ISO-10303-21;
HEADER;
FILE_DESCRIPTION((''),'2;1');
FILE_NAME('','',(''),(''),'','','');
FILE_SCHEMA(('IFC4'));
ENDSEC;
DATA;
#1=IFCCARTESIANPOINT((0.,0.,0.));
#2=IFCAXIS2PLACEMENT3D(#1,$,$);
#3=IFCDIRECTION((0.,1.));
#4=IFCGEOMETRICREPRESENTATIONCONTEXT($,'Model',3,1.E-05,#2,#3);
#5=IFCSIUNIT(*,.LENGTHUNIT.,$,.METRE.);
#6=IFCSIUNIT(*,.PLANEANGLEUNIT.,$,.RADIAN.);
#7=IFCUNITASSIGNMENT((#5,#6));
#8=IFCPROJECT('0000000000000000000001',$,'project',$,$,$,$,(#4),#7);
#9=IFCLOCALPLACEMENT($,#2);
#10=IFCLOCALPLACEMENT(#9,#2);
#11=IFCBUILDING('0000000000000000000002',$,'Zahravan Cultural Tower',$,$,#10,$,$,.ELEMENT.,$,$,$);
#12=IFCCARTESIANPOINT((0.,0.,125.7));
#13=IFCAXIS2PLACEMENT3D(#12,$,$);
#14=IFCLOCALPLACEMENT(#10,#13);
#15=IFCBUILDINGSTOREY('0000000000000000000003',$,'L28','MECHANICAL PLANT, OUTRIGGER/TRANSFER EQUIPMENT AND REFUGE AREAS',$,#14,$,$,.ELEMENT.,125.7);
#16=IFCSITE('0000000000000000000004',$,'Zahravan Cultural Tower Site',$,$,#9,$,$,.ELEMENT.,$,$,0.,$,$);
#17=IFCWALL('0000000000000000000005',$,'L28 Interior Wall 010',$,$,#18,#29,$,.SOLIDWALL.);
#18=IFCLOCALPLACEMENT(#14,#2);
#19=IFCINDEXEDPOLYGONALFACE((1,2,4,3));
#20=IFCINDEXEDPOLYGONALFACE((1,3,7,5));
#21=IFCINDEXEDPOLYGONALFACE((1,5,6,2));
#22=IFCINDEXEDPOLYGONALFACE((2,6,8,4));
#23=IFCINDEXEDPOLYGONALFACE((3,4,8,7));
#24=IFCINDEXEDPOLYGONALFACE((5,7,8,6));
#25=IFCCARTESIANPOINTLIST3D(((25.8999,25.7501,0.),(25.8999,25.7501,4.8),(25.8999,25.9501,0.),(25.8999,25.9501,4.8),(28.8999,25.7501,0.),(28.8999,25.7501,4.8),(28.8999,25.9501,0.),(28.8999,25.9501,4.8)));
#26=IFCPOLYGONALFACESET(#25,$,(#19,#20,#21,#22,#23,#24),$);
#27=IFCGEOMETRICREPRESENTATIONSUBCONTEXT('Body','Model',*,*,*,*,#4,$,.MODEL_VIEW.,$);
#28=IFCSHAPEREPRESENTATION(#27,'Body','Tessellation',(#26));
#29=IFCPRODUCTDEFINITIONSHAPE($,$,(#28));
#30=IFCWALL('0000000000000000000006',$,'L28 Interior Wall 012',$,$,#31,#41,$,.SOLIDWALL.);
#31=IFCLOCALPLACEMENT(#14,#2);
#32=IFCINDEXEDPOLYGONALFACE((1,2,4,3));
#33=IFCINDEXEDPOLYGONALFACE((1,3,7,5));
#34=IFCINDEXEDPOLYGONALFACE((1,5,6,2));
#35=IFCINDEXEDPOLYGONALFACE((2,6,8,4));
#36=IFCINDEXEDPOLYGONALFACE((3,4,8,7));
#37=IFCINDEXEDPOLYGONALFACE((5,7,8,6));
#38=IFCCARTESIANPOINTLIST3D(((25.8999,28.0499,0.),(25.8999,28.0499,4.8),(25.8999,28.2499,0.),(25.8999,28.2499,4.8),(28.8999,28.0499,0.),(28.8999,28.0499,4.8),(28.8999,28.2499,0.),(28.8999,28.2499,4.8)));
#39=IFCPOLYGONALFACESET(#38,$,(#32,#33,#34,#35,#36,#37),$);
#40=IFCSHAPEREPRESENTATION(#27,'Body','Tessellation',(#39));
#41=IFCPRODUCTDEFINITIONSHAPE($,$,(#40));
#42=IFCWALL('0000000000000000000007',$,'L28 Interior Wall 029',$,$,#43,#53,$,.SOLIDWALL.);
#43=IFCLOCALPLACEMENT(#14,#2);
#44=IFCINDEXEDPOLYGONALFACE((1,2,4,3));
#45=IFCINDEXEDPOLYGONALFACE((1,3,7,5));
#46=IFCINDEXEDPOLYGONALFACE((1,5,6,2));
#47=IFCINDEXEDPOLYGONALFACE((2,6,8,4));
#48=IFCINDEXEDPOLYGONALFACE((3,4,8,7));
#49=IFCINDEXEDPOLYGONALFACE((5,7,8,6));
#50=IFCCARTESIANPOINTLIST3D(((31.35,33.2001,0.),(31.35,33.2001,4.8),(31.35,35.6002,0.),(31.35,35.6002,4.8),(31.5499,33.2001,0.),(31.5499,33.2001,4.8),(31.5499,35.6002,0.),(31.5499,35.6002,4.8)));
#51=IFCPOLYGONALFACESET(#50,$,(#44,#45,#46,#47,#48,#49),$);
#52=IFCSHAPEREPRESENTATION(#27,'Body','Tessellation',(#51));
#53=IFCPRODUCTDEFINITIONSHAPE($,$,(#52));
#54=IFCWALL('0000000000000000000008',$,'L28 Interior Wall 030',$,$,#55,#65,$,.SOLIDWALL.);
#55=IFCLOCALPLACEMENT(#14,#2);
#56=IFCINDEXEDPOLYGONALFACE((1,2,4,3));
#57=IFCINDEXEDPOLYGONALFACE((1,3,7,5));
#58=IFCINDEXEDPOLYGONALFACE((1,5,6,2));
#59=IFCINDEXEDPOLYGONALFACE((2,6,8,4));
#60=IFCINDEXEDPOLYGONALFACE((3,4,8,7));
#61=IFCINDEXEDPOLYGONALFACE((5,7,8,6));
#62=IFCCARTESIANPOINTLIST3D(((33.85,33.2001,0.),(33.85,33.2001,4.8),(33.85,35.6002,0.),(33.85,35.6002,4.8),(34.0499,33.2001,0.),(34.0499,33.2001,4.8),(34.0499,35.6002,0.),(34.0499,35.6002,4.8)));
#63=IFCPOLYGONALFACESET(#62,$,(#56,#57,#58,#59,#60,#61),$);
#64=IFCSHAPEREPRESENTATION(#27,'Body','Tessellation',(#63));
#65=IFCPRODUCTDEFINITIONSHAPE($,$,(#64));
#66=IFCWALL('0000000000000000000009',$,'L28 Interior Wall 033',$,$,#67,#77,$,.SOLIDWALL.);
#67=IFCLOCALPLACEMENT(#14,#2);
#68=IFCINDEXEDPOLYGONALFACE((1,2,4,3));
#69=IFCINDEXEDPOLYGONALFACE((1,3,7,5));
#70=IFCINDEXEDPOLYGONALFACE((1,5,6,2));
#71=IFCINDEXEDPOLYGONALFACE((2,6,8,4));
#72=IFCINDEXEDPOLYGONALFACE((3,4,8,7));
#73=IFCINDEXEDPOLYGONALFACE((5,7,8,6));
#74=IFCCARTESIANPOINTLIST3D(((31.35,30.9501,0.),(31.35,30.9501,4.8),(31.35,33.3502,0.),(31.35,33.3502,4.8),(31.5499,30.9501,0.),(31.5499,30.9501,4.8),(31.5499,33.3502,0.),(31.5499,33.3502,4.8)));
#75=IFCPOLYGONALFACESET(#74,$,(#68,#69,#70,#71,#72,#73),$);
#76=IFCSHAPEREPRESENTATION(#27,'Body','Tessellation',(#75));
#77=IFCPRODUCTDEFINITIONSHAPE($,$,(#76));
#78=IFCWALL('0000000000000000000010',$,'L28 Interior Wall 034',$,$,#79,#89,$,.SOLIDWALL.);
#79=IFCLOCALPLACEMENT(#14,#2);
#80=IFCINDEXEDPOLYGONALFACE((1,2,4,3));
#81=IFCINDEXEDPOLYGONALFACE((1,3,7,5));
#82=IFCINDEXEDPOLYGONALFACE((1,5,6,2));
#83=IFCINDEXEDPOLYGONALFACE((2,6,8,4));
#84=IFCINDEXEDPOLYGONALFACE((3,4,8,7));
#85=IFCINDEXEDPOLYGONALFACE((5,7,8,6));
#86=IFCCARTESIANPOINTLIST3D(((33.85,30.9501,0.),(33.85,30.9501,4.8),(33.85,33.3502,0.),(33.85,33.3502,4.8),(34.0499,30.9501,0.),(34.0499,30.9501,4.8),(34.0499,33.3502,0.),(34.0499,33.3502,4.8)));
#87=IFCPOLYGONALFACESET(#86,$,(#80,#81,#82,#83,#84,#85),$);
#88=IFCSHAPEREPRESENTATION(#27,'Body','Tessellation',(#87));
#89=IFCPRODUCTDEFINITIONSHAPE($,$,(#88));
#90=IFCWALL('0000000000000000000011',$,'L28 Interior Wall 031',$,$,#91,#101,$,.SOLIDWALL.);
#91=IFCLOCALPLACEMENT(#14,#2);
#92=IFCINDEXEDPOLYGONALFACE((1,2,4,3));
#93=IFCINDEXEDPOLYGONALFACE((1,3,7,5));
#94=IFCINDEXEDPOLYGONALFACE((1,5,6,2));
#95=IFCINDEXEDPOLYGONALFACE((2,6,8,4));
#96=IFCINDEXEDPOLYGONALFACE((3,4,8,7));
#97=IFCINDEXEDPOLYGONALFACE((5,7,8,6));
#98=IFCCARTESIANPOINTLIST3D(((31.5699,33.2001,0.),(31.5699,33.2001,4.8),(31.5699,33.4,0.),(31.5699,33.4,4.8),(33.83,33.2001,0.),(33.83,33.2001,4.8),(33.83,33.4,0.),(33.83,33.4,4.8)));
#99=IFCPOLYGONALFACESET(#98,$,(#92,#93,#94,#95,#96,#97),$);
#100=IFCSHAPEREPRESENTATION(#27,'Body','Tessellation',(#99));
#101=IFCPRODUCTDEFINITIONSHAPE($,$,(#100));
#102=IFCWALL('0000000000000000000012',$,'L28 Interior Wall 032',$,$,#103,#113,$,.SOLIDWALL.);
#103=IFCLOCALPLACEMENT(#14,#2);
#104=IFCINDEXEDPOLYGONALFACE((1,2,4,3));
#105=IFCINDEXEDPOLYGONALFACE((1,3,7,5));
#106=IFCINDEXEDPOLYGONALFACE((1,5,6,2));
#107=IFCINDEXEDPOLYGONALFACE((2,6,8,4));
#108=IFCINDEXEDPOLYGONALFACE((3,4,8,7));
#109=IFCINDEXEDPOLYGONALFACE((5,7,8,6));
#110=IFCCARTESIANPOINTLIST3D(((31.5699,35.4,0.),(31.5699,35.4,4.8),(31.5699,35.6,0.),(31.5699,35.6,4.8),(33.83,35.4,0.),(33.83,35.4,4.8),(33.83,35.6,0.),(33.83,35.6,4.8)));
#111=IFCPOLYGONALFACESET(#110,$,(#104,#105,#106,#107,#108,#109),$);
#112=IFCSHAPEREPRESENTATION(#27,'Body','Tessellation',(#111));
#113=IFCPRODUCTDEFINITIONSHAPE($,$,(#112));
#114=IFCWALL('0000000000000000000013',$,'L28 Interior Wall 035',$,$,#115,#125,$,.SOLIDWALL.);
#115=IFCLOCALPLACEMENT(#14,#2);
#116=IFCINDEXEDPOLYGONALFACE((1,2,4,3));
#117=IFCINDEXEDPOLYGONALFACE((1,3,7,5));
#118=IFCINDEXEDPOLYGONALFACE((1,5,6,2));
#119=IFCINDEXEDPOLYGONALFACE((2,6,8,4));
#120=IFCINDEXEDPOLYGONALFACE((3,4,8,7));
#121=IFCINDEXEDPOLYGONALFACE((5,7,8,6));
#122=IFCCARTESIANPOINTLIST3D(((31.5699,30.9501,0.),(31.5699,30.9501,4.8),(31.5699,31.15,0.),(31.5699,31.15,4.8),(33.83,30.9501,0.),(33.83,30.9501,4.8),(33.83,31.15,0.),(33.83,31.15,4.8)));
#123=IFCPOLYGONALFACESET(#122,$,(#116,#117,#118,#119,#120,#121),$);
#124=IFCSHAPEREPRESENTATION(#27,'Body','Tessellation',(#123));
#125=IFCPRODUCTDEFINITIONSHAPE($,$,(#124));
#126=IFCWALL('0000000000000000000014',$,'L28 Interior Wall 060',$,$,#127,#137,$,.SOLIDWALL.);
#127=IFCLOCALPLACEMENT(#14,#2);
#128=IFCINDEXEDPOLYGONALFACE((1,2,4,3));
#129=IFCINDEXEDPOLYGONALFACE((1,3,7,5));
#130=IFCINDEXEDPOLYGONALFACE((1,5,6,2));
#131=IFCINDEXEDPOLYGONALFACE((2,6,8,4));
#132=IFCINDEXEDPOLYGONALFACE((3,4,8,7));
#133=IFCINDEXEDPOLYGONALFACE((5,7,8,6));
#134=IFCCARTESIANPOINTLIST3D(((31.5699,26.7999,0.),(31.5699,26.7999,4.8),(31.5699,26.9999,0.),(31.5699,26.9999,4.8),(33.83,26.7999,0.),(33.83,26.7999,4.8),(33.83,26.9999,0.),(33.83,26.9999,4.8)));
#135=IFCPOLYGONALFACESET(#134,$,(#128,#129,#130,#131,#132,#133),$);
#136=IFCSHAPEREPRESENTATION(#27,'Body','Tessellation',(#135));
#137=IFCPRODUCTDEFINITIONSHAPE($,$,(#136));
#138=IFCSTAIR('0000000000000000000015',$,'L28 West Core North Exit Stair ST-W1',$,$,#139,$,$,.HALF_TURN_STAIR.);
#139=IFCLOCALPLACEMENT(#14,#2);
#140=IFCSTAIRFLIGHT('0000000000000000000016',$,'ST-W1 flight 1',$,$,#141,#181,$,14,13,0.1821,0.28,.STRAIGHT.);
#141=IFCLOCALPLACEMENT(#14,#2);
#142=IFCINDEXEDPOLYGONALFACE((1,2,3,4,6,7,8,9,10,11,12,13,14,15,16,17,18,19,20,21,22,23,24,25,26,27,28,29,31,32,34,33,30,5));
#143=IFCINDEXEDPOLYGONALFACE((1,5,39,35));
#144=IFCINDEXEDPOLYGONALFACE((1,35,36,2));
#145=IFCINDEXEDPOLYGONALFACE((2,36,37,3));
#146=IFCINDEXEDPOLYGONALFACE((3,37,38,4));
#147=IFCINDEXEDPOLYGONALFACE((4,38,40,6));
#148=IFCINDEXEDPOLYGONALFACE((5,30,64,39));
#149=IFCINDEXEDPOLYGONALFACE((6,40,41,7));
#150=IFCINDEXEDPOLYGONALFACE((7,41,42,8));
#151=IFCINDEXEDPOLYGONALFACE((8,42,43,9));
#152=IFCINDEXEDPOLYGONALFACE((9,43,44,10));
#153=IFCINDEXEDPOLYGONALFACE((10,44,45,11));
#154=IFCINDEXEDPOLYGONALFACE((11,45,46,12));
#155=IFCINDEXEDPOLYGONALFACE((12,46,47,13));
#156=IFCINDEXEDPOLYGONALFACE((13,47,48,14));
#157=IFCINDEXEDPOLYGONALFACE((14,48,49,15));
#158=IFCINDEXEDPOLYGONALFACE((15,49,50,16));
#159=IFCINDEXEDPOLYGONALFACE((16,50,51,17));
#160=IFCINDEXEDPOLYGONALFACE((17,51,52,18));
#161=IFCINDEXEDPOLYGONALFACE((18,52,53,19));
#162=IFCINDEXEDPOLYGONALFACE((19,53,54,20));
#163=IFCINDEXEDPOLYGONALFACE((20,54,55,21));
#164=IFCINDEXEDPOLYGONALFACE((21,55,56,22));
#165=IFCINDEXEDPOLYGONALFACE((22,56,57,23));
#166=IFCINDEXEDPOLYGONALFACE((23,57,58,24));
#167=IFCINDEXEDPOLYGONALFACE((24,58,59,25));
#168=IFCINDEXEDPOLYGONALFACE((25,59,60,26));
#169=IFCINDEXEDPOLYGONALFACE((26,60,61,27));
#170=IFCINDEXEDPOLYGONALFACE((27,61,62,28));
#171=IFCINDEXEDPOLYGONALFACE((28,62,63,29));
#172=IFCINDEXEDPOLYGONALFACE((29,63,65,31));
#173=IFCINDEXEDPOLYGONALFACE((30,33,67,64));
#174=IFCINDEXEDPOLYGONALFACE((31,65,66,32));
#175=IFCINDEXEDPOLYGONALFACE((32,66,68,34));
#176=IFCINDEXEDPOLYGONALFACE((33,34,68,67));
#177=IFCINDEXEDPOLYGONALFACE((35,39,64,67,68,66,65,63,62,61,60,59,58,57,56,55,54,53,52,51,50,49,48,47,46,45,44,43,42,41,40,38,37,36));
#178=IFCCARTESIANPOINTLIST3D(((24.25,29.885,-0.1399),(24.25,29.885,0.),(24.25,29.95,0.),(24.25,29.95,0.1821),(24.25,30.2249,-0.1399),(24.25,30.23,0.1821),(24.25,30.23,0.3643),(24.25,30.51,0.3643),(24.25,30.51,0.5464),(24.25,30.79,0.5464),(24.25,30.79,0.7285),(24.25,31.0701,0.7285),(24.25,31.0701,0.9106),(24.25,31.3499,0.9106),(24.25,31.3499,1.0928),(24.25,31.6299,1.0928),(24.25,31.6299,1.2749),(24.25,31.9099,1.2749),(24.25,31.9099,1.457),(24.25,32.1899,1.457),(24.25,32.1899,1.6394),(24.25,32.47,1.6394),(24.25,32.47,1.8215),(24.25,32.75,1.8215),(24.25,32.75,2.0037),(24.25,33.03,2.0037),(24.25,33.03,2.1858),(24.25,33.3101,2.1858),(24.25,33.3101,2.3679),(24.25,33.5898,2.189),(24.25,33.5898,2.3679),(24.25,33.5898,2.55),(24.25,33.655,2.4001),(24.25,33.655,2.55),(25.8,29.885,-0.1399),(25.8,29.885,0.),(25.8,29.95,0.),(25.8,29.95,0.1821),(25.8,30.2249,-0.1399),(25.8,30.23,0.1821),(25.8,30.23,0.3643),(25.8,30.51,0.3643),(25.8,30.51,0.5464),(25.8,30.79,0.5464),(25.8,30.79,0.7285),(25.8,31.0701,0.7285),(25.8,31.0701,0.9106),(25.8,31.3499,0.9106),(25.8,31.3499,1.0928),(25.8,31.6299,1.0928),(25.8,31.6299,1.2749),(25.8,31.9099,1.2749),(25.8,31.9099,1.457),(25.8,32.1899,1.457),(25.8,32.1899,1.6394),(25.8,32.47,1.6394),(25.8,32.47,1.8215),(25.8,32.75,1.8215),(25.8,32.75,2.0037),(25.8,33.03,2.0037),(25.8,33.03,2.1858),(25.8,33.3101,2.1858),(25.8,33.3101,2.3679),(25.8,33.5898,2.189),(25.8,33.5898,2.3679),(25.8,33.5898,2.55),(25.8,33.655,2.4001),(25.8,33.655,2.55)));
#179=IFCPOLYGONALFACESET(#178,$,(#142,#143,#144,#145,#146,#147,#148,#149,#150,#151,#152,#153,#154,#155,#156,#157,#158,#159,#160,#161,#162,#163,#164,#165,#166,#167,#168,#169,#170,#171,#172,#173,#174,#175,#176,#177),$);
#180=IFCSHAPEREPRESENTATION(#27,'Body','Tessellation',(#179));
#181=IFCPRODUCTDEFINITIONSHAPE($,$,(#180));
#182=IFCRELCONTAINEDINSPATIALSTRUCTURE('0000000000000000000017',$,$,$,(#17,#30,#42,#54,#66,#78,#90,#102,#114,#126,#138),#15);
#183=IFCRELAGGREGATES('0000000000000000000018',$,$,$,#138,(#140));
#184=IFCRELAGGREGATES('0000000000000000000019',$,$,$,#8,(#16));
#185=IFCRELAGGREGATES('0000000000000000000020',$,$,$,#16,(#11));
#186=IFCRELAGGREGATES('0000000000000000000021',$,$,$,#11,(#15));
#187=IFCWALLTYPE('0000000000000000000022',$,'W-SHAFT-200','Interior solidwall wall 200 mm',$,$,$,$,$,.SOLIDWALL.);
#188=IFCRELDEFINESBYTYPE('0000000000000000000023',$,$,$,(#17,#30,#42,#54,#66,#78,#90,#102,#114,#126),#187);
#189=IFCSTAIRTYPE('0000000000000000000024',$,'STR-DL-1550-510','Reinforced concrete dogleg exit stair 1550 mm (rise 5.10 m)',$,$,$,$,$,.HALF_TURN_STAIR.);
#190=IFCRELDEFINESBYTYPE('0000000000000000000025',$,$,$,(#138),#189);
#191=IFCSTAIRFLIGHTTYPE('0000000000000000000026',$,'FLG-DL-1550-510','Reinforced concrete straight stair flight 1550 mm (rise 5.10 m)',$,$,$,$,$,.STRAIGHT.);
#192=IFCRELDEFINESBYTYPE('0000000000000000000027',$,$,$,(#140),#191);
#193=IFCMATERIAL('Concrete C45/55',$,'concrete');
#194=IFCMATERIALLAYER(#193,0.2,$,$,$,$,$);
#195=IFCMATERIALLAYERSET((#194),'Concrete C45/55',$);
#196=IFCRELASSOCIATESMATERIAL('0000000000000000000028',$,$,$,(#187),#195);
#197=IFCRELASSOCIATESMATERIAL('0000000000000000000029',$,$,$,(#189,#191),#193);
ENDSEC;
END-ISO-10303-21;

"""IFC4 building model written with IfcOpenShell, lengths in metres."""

from ifc_helpers import new_model, si_unit, direction, frame, frame_2d, origin, place, context, subcontext, project, spatial, polyline, rectangle, outline, extrude, source, transform, mapped, material, layer, layer_set, type_object, element, aggregate, save


model = new_model("IFC4")

# Units and contexts
model_context = context("Model", 3, precision=1e-05, world=origin(), true_north=direction((0.0, 1.0)))
body_context = subcontext(model_context, "Body", "Model", "MODEL_VIEW")
ifc_project = project(units=[si_unit("LENGTHUNIT", "METRE"), si_unit("PLANEANGLEUNIT", "RADIAN")], contexts=[model_context])

# Site, building, storey
site_placement = place(None, origin())
site = spatial("IfcSite", under=ifc_project, at=site_placement, Name="Zahravan Cultural Tower Site", CompositionType="ELEMENT", RefElevation=0.0)
building_placement = place(site_placement, origin())
building = spatial("IfcBuilding", under=site, at=building_placement, Name="Zahravan Cultural Tower", CompositionType="ELEMENT")
storey_placement = place(building_placement, frame((0.0, 0.0, 125.7)))
storey = spatial("IfcBuildingStorey", under=building, at=storey_placement, Name="L28", Description="MECHANICAL PLANT, OUTRIGGER/TRANSFER EQUIPMENT AND REFUGE AREAS", CompositionType="ELEMENT", Elevation=125.7)

# Shared definitions
ifc_material_1 = material(Name="Concrete C45/55", Category="concrete")
ifc_layer_1 = layer(ifc_material_1, 0.2)
ifc_layer_set_1 = layer_set([ifc_layer_1], Name="Concrete C45/55")
wall_type_1 = type_object("IfcWallType", Name="W-SHAFT-200", Description="Interior solidwall wall 200 mm", PredefinedType="SOLIDWALL", material=ifc_layer_set_1)

# Walls
shared_shape_1 = source(origin(), body_context, "Body", "SweptSolid", [
    extrude(rectangle(XDim=3.0, YDim=0.2, at=frame_2d((1.5, 0.0))), origin(), (0.0, 0.0, 1.0), 4.8),
])
for number, where, z_axis, x_axis, name in (
    (1, (25.8999, 25.8501, 0.0), (0.0, 0.0, 1.0), (1.0, 0.0, 0.0), "L28 Interior Wall 010"),
    (2, (25.8999, 28.1499, 0.0), (0.0, 0.0, 1.0), (1.0, 0.0, 0.0), "L28 Interior Wall 012"),
):
    element("IfcWall", number, at=place(storey_placement, frame(where, z_axis=z_axis, x_axis=x_axis)), inside=storey, type_object=wall_type_1, Name=name, PredefinedType="SOLIDWALL", context=body_context, shape_type="MappedRepresentation", body=[
        mapped(shared_shape_1, transform((0.0, 0.0, 0.0), x_axis=(1.0, 0.0, 0.0), y_axis=(0.0, 1.0, 0.0), z_axis=(0.0, 0.0, 1.0), scale=1.0)),
    ])
shared_shape_2 = source(origin(), body_context, "Body", "SweptSolid", [
    extrude(rectangle(XDim=2.4001, YDim=0.2, at=frame_2d((1.2002, 0.0))), origin(), (0.0, 0.0, 1.0), 4.8),
])
for number, where, z_axis, x_axis, name in (
    (3, (31.45, 33.2, 0.0), (0.0, 0.0, 1.0), (0.0, 1.0, 0.0), "L28 Interior Wall 029"),
    (4, (33.95, 33.2, 0.0), (0.0, 0.0, 1.0), (0.0, 1.0, 0.0), "L28 Interior Wall 030"),
    (5, (31.45, 30.95, 0.0), (0.0, 0.0, 1.0), (0.0, 1.0, 0.0), "L28 Interior Wall 033"),
    (6, (33.95, 30.95, 0.0), (0.0, 0.0, 1.0), (0.0, 1.0, 0.0), "L28 Interior Wall 034"),
):
    element("IfcWall", number, at=place(storey_placement, frame(where, z_axis=z_axis, x_axis=x_axis)), inside=storey, type_object=wall_type_1, Name=name, PredefinedType="SOLIDWALL", context=body_context, shape_type="MappedRepresentation", body=[
        mapped(shared_shape_2, transform((0.0, 0.0, 0.0), x_axis=(1.0, 0.0, 0.0), y_axis=(0.0, 1.0, 0.0), z_axis=(0.0, 0.0, 1.0), scale=1.0)),
    ])
shared_shape_3 = source(origin(), body_context, "Body", "SweptSolid", [
    extrude(rectangle(XDim=2.26, YDim=0.2, at=frame_2d((1.1299, 0.0))), origin(), (0.0, 0.0, 1.0), 4.8),
])
for number, where, z_axis, x_axis, name in (
    (7, (31.5701, 33.3, 0.0), (0.0, 0.0, 1.0), (1.0, 0.0, 0.0), "L28 Interior Wall 031"),
    (8, (31.5701, 35.5, 0.0), (0.0, 0.0, 1.0), (1.0, 0.0, 0.0), "L28 Interior Wall 032"),
    (9, (31.5701, 31.05, 0.0), (0.0, 0.0, 1.0), (1.0, 0.0, 0.0), "L28 Interior Wall 035"),
    (10, (31.5701, 26.8999, 0.0), (0.0, 0.0, 1.0), (1.0, 0.0, 0.0), "L28 Interior Wall 060"),
):
    element("IfcWall", number, at=place(storey_placement, frame(where, z_axis=z_axis, x_axis=x_axis)), inside=storey, type_object=wall_type_1, Name=name, PredefinedType="SOLIDWALL", context=body_context, shape_type="MappedRepresentation", body=[
        mapped(shared_shape_3, transform((0.0, 0.0, 0.0), x_axis=(1.0, 0.0, 0.0), y_axis=(0.0, 1.0, 0.0), z_axis=(0.0, 0.0, 1.0), scale=1.0)),
    ])

# Stair, stair flight
stair_type = type_object("IfcStairType", Name="STR-DL-1550-510", Description="Reinforced concrete dogleg exit stair 1550 mm (rise 5.10 m)", PredefinedType="HALF_TURN_STAIR", material=ifc_material_1)
stair_placement = place(storey_placement, origin())
stair = element("IfcStair", 11, at=stair_placement, inside=storey, type_object=stair_type, Name="L28 West Core North Exit Stair ST-W1", PredefinedType="HALF_TURN_STAIR")
stair_flight_type = type_object("IfcStairFlightType", Name="FLG-DL-1550-510", Description="Reinforced concrete straight stair flight 1550 mm (rise 5.10 m)", PredefinedType="STRAIGHT", material=ifc_material_1)
stair_flight_placement = place(storey_placement, frame((25.0249, 29.95, 0.0), z_axis=(0.0, 0.0, 1.0), x_axis=(0.0, 1.0, 0.0)))
stair_flight = element("IfcStairFlight", 12, at=stair_flight_placement, type_object=stair_flight_type, Name="ST-W1 flight 1", NumberOfRisers=14, NumberOfTreads=13, PredefinedType="STRAIGHT", RiserHeight=0.1821, TreadLength=0.28, context=body_context, shape_type="SweptSolid", body=[
    extrude(outline(polyline([(-0.0649, -0.1399), (-0.0649, 0.0), (0.0, 0.0), (0.0, 0.1821), (0.28, 0.1821), (0.28, 0.3643), (0.5601, 0.3643), (0.5601, 0.5464), (0.8401, 0.5464), (0.8401, 0.7285), (1.1201, 0.7285), (1.1201, 0.9106), (1.3999, 0.9106), (1.3999, 1.0928), (1.6799, 1.0928), (1.6799, 1.2749), (1.96, 1.2749), (1.96, 1.457), (2.24, 1.457), (2.24, 1.6394), (2.52, 1.6394), (2.52, 1.8215), (2.8, 1.8215), (2.8, 2.0037), (3.0801, 2.0037), (3.0801, 2.1858), (3.3601, 2.1858), (3.3601, 2.3679), (3.6399, 2.3679), (3.6399, 2.55), (3.7051, 2.55), (3.7051, 2.4001), (3.6399, 2.189), (0.2749, -0.1399), (-0.0649, -0.1399)])), frame((0.0, 0.7749, 0.0), z_axis=(0.0, -1.0, 0.0), x_axis=(1.0, 0.0, 0.0)), (0.0, 0.0, 1.0), 1.55),
])
aggregate(stair, [stair_flight])

save(model, "model.ifc")
